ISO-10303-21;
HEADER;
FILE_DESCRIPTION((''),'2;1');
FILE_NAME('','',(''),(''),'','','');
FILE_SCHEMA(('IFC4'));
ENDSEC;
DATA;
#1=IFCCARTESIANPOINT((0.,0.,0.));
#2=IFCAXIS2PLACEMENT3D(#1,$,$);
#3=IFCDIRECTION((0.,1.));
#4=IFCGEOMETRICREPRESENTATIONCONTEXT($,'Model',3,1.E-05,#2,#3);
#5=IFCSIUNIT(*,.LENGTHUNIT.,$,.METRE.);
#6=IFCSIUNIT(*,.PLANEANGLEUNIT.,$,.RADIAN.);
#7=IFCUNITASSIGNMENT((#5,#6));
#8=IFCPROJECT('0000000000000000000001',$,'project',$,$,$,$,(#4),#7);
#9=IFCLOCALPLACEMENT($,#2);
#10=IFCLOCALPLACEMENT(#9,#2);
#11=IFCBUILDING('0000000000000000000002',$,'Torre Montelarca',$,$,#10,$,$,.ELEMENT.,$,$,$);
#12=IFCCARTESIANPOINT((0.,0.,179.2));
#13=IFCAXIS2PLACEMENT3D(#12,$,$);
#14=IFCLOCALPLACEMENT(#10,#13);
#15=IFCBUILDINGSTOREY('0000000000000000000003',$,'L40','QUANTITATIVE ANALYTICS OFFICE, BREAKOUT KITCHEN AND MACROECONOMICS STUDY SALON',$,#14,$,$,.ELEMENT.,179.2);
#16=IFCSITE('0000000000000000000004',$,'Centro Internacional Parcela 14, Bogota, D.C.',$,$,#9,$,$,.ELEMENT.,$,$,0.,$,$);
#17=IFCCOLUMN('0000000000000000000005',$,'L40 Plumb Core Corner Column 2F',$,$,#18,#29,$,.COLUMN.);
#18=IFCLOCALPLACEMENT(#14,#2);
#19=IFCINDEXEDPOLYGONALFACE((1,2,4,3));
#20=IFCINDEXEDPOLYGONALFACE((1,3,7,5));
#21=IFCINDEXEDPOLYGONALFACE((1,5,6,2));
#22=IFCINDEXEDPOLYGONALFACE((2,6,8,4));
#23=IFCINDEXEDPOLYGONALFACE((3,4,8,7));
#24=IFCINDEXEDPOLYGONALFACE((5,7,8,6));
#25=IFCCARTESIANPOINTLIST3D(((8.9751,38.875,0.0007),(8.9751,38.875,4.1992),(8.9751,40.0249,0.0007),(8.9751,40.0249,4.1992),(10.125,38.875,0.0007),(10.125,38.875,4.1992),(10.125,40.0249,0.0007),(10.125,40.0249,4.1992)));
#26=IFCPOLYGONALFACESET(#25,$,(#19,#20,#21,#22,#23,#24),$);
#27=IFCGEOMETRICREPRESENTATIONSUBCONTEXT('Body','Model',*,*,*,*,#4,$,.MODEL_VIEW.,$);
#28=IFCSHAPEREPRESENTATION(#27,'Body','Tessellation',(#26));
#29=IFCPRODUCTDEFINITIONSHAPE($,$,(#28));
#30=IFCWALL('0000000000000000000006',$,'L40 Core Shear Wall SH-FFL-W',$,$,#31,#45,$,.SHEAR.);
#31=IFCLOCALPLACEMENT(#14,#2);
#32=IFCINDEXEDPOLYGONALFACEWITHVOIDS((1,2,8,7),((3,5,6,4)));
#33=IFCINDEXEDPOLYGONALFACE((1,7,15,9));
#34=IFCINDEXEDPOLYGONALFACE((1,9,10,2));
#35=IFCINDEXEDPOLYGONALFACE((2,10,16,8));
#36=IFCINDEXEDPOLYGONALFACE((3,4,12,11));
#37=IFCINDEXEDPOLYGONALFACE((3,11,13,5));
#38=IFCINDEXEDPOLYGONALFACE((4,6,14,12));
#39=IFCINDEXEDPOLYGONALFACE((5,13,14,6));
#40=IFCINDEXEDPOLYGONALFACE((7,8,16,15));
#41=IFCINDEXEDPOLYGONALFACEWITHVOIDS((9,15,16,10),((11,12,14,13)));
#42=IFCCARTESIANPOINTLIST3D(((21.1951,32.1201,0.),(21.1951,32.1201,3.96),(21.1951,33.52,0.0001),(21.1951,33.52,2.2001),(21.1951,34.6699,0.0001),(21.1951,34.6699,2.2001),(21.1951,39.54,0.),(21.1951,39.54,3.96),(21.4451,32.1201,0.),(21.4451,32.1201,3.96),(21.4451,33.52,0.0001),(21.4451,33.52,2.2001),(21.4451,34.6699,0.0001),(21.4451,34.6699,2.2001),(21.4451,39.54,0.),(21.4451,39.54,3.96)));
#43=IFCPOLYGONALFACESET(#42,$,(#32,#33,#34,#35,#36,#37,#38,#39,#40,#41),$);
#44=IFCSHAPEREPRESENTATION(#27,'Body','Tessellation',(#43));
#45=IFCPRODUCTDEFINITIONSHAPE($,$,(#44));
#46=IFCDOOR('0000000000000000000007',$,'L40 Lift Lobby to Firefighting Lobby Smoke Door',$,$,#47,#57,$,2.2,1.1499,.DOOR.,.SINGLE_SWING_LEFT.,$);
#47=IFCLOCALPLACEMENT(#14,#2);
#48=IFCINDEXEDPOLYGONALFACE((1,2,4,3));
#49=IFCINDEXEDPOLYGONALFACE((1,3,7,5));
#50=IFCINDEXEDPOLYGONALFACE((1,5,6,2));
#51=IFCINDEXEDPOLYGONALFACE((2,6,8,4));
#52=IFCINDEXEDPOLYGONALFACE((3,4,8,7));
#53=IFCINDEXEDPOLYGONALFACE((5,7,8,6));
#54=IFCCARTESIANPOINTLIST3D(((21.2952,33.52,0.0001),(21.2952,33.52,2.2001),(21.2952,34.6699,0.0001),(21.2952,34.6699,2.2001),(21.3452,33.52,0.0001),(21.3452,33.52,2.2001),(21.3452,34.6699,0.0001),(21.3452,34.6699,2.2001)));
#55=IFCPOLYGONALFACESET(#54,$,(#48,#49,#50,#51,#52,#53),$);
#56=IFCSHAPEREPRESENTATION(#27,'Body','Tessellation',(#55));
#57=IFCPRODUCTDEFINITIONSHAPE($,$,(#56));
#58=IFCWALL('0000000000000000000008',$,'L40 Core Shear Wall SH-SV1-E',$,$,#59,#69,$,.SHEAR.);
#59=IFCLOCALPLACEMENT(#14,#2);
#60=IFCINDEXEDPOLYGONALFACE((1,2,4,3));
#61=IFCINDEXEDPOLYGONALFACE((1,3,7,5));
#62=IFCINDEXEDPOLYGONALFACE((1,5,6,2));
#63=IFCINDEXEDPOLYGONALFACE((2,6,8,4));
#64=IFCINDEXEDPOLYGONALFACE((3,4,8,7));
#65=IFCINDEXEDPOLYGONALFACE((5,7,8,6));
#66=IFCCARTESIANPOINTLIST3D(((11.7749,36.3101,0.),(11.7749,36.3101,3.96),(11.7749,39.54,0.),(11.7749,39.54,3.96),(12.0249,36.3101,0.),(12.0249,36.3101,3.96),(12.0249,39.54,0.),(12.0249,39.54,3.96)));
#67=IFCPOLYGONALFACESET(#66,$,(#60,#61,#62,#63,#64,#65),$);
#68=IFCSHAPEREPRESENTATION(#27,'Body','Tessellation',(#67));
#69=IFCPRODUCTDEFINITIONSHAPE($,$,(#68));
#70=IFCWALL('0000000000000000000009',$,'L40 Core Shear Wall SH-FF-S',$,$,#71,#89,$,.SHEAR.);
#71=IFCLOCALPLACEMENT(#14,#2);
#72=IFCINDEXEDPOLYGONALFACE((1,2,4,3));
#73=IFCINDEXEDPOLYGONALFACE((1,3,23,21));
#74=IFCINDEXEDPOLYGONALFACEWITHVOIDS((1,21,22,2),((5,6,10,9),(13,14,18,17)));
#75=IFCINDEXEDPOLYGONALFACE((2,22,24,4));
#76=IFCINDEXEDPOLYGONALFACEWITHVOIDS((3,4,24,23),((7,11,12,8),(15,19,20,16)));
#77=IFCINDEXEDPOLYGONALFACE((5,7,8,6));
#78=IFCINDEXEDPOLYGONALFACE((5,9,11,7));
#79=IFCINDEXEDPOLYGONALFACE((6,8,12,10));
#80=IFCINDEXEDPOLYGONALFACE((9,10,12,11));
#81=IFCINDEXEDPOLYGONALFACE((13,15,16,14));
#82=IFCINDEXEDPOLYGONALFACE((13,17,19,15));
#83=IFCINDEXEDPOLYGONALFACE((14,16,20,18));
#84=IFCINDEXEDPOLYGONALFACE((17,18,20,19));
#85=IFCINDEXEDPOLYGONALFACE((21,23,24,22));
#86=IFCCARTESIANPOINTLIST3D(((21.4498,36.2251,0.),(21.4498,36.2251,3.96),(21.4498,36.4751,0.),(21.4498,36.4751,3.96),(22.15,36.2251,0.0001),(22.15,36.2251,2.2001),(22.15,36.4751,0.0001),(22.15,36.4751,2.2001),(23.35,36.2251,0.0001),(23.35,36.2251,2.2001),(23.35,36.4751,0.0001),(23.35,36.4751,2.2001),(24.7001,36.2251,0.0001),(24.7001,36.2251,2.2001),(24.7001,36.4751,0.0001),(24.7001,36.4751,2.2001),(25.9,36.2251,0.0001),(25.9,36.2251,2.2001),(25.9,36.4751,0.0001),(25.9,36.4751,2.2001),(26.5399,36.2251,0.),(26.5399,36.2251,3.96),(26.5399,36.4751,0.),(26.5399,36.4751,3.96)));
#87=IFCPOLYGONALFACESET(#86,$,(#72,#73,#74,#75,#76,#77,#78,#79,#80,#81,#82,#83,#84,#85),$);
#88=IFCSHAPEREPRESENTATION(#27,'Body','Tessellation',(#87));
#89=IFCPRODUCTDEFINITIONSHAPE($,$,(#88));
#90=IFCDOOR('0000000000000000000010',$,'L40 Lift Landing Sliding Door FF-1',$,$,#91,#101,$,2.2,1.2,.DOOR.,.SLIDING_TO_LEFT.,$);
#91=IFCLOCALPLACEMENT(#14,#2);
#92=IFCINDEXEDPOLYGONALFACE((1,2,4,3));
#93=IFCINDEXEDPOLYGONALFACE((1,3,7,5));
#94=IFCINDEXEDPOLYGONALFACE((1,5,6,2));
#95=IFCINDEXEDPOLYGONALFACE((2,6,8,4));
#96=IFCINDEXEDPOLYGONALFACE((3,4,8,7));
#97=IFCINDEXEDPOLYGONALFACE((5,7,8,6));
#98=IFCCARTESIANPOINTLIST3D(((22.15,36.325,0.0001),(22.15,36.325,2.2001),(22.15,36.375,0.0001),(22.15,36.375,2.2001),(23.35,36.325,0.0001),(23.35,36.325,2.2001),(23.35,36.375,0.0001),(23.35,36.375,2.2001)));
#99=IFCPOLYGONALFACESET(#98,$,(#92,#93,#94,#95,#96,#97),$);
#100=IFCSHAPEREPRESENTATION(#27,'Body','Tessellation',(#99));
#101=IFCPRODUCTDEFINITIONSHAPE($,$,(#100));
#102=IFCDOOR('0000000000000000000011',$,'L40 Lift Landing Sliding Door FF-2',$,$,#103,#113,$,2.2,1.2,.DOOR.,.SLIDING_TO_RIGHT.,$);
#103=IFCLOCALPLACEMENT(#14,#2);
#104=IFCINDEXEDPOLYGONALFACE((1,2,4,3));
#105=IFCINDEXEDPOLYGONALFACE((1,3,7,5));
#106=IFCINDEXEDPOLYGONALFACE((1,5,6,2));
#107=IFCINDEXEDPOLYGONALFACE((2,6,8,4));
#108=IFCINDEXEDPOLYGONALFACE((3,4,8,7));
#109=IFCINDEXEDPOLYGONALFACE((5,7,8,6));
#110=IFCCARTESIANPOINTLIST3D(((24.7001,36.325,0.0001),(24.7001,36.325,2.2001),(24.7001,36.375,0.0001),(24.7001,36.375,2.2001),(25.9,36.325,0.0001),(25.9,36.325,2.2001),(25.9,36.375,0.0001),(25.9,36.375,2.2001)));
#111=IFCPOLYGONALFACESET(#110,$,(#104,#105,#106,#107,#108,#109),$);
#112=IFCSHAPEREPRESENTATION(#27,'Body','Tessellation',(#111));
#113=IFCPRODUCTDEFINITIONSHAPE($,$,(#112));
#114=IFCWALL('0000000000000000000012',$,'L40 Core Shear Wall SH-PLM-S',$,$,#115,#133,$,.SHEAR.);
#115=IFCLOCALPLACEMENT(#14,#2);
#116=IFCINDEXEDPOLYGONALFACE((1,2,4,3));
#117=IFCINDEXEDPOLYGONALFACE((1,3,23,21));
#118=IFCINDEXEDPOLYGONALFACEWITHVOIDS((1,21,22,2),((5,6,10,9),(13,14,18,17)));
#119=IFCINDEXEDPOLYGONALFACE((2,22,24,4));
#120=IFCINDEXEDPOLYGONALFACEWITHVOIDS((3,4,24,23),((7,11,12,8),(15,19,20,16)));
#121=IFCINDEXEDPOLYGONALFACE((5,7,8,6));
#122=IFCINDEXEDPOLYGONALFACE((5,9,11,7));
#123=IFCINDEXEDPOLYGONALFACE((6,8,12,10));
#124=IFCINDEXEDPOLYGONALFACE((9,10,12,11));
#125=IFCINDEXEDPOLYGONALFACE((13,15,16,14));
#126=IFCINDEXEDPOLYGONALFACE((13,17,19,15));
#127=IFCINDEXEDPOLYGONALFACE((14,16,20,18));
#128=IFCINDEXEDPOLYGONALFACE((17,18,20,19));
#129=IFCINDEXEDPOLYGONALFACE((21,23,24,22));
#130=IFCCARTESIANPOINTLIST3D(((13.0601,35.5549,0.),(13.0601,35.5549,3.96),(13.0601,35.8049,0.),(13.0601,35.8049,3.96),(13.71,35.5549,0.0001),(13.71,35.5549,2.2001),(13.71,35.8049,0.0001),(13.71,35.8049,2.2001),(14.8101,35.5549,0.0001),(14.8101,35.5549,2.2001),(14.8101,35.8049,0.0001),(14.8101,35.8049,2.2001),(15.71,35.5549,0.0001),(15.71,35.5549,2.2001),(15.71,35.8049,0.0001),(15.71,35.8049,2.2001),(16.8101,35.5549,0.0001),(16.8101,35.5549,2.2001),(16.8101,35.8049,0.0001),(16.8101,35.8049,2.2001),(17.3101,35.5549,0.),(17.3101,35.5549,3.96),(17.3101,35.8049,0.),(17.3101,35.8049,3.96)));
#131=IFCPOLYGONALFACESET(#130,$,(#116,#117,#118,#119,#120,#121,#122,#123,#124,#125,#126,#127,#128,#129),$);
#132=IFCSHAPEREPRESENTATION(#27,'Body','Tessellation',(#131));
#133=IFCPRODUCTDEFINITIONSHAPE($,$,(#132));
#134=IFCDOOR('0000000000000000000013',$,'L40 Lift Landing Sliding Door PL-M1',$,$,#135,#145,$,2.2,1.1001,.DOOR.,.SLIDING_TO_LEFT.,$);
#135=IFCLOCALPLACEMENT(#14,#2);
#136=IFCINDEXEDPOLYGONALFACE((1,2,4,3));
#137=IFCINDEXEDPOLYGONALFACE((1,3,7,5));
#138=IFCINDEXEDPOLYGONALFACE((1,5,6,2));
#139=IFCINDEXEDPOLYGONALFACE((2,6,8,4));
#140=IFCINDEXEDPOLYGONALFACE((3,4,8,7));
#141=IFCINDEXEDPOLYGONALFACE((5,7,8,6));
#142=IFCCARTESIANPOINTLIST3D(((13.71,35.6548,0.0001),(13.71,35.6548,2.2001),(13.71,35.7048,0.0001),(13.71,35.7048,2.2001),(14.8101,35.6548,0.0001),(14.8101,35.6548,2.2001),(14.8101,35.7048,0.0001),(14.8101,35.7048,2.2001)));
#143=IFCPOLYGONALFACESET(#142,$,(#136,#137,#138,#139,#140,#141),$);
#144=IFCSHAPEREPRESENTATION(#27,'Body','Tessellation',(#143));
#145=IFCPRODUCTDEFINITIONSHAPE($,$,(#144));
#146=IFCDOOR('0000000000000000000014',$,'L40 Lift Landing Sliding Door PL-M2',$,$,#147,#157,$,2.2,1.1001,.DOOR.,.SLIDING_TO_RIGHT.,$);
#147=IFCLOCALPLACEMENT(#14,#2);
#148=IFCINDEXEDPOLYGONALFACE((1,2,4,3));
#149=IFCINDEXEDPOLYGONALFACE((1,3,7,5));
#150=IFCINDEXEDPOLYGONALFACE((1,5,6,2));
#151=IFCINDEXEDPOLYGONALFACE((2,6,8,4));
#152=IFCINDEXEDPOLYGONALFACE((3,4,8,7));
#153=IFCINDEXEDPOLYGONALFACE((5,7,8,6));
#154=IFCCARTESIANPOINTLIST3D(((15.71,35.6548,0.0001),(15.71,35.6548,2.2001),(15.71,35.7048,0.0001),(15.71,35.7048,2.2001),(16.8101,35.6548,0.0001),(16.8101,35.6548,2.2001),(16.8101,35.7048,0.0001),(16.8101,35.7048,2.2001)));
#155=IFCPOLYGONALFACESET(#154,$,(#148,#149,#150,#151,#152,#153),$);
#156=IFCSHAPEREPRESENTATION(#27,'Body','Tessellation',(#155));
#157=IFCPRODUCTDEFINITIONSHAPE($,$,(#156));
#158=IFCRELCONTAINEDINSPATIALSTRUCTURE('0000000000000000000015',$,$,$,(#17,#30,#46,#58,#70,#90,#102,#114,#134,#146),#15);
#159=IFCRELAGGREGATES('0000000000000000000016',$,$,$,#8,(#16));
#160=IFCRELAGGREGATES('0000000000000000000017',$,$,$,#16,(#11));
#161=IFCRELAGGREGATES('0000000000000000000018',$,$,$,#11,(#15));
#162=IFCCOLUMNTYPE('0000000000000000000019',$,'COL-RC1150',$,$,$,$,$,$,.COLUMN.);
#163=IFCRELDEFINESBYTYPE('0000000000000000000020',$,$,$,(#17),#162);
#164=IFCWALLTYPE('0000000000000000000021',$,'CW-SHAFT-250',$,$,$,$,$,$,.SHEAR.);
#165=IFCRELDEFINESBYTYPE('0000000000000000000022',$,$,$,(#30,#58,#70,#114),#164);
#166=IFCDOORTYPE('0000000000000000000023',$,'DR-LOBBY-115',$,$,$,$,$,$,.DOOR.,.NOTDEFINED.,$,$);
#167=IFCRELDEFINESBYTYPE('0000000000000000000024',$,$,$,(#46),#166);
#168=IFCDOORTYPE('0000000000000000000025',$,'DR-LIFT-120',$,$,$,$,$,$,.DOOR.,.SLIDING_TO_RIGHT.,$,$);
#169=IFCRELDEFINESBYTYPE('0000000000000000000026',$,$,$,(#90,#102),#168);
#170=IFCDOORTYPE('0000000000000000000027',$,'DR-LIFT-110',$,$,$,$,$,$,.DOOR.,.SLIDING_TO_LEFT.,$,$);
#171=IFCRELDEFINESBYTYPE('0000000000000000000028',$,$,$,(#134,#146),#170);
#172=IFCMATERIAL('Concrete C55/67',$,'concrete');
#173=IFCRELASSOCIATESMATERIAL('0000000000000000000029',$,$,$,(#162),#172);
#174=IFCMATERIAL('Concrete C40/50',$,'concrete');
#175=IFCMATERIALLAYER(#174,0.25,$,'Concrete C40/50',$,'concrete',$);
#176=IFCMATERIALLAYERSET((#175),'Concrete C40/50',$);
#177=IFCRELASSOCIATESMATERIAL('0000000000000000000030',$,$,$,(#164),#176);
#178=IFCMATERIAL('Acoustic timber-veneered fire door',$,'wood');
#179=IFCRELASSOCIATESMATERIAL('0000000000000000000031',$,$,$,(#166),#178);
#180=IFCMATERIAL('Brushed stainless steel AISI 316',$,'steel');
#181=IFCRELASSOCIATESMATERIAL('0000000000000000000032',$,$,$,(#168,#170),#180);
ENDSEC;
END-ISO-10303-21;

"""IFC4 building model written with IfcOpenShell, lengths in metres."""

from ifc_helpers import new_model, si_unit, direction, frame, frame_2d, origin, origin_2d, place, context, subcontext, project, spatial, rectangle, extrude, source, transform, mapped, material, layer, layer_set, material_profile, profile_set, type_object, element, fill, save


model = new_model("IFC4")

# Units and contexts
model_context = context("Model", 3, precision=1e-05, world=origin(), true_north=direction((0.0, 1.0)))
body_context = subcontext(model_context, "Body", "Model", "MODEL_VIEW")
ifc_project = project(units=[si_unit("LENGTHUNIT", "METRE"), si_unit("PLANEANGLEUNIT", "RADIAN")], contexts=[model_context])

# Site, building, storey
site_placement = place(None, origin())
site = spatial("IfcSite", under=ifc_project, at=site_placement, Name="Centro Internacional Parcela 14, Bogota, D.C.", CompositionType="ELEMENT", RefElevation=0.0)
building_placement = place(site_placement, origin())
building = spatial("IfcBuilding", under=site, at=building_placement, Name="Torre Montelarca", CompositionType="ELEMENT")
storey_placement = place(building_placement, frame((0.0, 0.0, 179.2)))
storey = spatial("IfcBuildingStorey", under=building, at=storey_placement, Name="L40", Description="QUANTITATIVE ANALYTICS OFFICE, BREAKOUT KITCHEN AND MACROECONOMICS STUDY SALON", CompositionType="ELEMENT", Elevation=179.2)

# Column
ifc_material_1 = material(Name="Concrete C55/67", Category="concrete")
ifc_material_profile = material_profile(ifc_material_1, rectangle(XDim=1.1499, YDim=1.1499, at=origin_2d()), Name="RC1150X1150", Category="concrete")
ifc_profile_set = profile_set([ifc_material_profile], Name="Concrete C55/67")
column_type = type_object("IfcColumnType", Name="COL-RC1150", PredefinedType="COLUMN", material=ifc_profile_set)
shared_shape_1 = source(origin(), body_context, "Body", "SweptSolid", [
    extrude(rectangle(XDim=1.1499, YDim=1.1499, at=origin_2d()), origin(), (0.0, 0.0, 1.0), 4.1985),
])
column_placement = place(storey_placement, frame((9.55, 39.45, 0.0007), z_axis=(0.0, 0.0, 1.0), x_axis=(1.0, 0.0, 0.0)))
element("IfcColumn", 1, at=column_placement, inside=storey, type_object=column_type, Name="L40 Plumb Core Corner Column 2F", PredefinedType="COLUMN", context=body_context, shape_type="MappedRepresentation", body=[
    mapped(shared_shape_1, transform((0.0, 0.0, 0.0), scale=1.0)),
])

# Wall, opening, door
ifc_material_2 = material(Name="Concrete C40/50", Category="concrete")
ifc_layer_1 = layer(ifc_material_2, 0.25, Name="Concrete C40/50", Category="concrete")
ifc_layer_set_1 = layer_set([ifc_layer_1], Name="Concrete C40/50")
wall_type_1 = type_object("IfcWallType", Name="CW-SHAFT-250", PredefinedType="SHEAR", material=ifc_layer_set_1)
wall_1_placement = place(storey_placement, frame((21.3201, 32.1201, 0.0), z_axis=(0.0, 0.0, 1.0), x_axis=(0.0, 1.0, 0.0)))
wall_1 = element("IfcWall", 2, at=wall_1_placement, inside=storey, type_object=wall_type_1, Name="L40 Core Shear Wall SH-FFL-W", PredefinedType="SHEAR", context=body_context, shape_type="SweptSolid", body=[
    extrude(rectangle(XDim=7.4199, YDim=0.25, at=frame_2d((3.71, 0.0))), origin(), (0.0, 0.0, 1.0), 3.96),
])
opening_1_placement = place(wall_1_placement, frame((1.3999, 0.0, 0.0)))
opening_1 = element("IfcOpeningElement", 3, at=opening_1_placement, cuts=wall_1, PredefinedType="OPENING", context=body_context, shape_type="SweptSolid", body=[
    extrude(rectangle(XDim=1.1499, YDim=2.2, at=frame_2d((0.575, 1.1001))), frame((0.0, 0.135, 0.0), z_axis=(0.0, -1.0, 0.0), x_axis=(1.0, 0.0, 0.0)), (0.0, 0.0, 1.0), 0.27),
])
ifc_material_3 = material(Name="Acoustic timber-veneered fire door", Category="wood")
door_type_1 = type_object("IfcDoorType", Name="DR-LOBBY-115", OperationType="NOTDEFINED", PredefinedType="DOOR", material=ifc_material_3)
shared_shape_2 = source(origin(), body_context, "Body", "SweptSolid", [
    extrude(rectangle(XDim=1.1499, YDim=2.2, at=frame_2d((0.575, 1.1001))), frame((0.0, 0.0249, 0.0), z_axis=(0.0, -1.0, 0.0), x_axis=(1.0, 0.0, 0.0)), (0.0, 0.0, 1.0), 0.05),
])
door_1_placement = place(opening_1_placement, origin())
door_1 = element("IfcDoor", 4, at=door_1_placement, inside=storey, type_object=door_type_1, Name="L40 Lift Lobby to Firefighting Lobby Smoke Door", OperationType="SINGLE_SWING_LEFT", OverallHeight=2.2, OverallWidth=1.1499, PredefinedType="DOOR", context=body_context, shape_type="MappedRepresentation", body=[
    mapped(shared_shape_2, transform((0.0, 0.0, 0.0), scale=1.0)),
])
fill(opening_1, door_1)

# Wall
wall_2_placement = place(storey_placement, frame((11.8999, 36.3101, 0.0), z_axis=(0.0, 0.0, 1.0), x_axis=(0.0, 1.0, 0.0)))
element("IfcWall", 5, at=wall_2_placement, inside=storey, type_object=wall_type_1, Name="L40 Core Shear Wall SH-SV1-E", PredefinedType="SHEAR", context=body_context, shape_type="SweptSolid", body=[
    extrude(rectangle(XDim=3.23, YDim=0.25, at=frame_2d((1.615, 0.0))), origin(), (0.0, 0.0, 1.0), 3.96),
])

# Walls, openings, doors
wall_3_placement = place(storey_placement, frame((21.45, 36.3501, 0.0), z_axis=(0.0, 0.0, 1.0), x_axis=(1.0, 0.0, 0.0)))
wall_3 = element("IfcWall", 6, at=wall_3_placement, inside=storey, type_object=wall_type_1, Name="L40 Core Shear Wall SH-FF-S", PredefinedType="SHEAR", context=body_context, shape_type="SweptSolid", body=[
    extrude(rectangle(XDim=5.0901, YDim=0.25, at=frame_2d((2.5449, 0.0))), origin(), (0.0, 0.0, 1.0), 3.96),
])
opening_2_placement = place(wall_3_placement, frame((0.7, 0.0, 0.0)))
opening_2 = element("IfcOpeningElement", 7, at=opening_2_placement, cuts=wall_3, PredefinedType="OPENING", context=body_context, shape_type="SweptSolid", body=[
    extrude(rectangle(XDim=1.2, YDim=2.2, at=frame_2d((0.6001, 1.1001))), frame((0.0, 0.135, 0.0), z_axis=(0.0, -1.0, 0.0), x_axis=(1.0, 0.0, 0.0)), (0.0, 0.0, 1.0), 0.27),
])
opening_3_placement = place(wall_3_placement, frame((3.25, 0.0, 0.0)))
opening_3 = element("IfcOpeningElement", 8, at=opening_3_placement, cuts=wall_3, PredefinedType="OPENING", context=body_context, shape_type="SweptSolid", body=[
    extrude(rectangle(XDim=1.2, YDim=2.2, at=frame_2d((0.6001, 1.1001))), frame((0.0, 0.135, 0.0), z_axis=(0.0, -1.0, 0.0), x_axis=(1.0, 0.0, 0.0)), (0.0, 0.0, 1.0), 0.27),
])
ifc_material_4 = material(Name="Brushed stainless steel AISI 316", Category="steel")
door_type_2 = type_object("IfcDoorType", Name="DR-LIFT-120", OperationType="SLIDING_TO_RIGHT", PredefinedType="DOOR", material=ifc_material_4)
shared_shape_3 = source(origin(), body_context, "Body", "SweptSolid", [
    extrude(rectangle(XDim=1.2, YDim=2.2, at=frame_2d((0.6001, 1.1001))), frame((0.0, 0.0249, 0.0), z_axis=(0.0, -1.0, 0.0), x_axis=(1.0, 0.0, 0.0)), (0.0, 0.0, 1.0), 0.05),
])
door_2_placement = place(opening_2_placement, origin())
door_2 = element("IfcDoor", 9, at=door_2_placement, inside=storey, type_object=door_type_2, Name="L40 Lift Landing Sliding Door FF-1", OperationType="SLIDING_TO_LEFT", OverallHeight=2.2, OverallWidth=1.2, PredefinedType="DOOR", context=body_context, shape_type="MappedRepresentation", body=[
    mapped(shared_shape_3, transform((0.0, 0.0, 0.0), scale=1.0)),
])
fill(opening_2, door_2)
door_3_placement = place(opening_3_placement, origin())
door_3 = element("IfcDoor", 10, at=door_3_placement, inside=storey, type_object=door_type_2, Name="L40 Lift Landing Sliding Door FF-2", OperationType="SLIDING_TO_RIGHT", OverallHeight=2.2, OverallWidth=1.2, PredefinedType="DOOR", context=body_context, shape_type="MappedRepresentation", body=[
    mapped(shared_shape_3, transform((0.0, 0.0, 0.0), scale=1.0)),
])
fill(opening_3, door_3)
wall_4_placement = place(storey_placement, frame((13.0601, 35.6799, 0.0), z_axis=(0.0, 0.0, 1.0), x_axis=(1.0, 0.0, 0.0)))
wall_4 = element("IfcWall", 11, at=wall_4_placement, inside=storey, type_object=wall_type_1, Name="L40 Core Shear Wall SH-PLM-S", PredefinedType="SHEAR", context=body_context, shape_type="SweptSolid", body=[
    extrude(rectangle(XDim=4.25, YDim=0.25, at=frame_2d((2.125, 0.0))), origin(), (0.0, 0.0, 1.0), 3.96),
])
opening_4_placement = place(wall_4_placement, frame((0.6499, 0.0, 0.0)))
opening_4 = element("IfcOpeningElement", 12, at=opening_4_placement, cuts=wall_4, PredefinedType="OPENING", context=body_context, shape_type="SweptSolid", body=[
    extrude(rectangle(XDim=1.1001, YDim=2.2, at=frame_2d((0.55, 1.1001))), frame((0.0, 0.135, 0.0), z_axis=(0.0, -1.0, 0.0), x_axis=(1.0, 0.0, 0.0)), (0.0, 0.0, 1.0), 0.27),
])
opening_5_placement = place(wall_4_placement, frame((2.6499, 0.0, 0.0)))
opening_5 = element("IfcOpeningElement", 13, at=opening_5_placement, cuts=wall_4, PredefinedType="OPENING", context=body_context, shape_type="SweptSolid", body=[
    extrude(rectangle(XDim=1.1001, YDim=2.2, at=frame_2d((0.55, 1.1001))), frame((0.0, 0.135, 0.0), z_axis=(0.0, -1.0, 0.0), x_axis=(1.0, 0.0, 0.0)), (0.0, 0.0, 1.0), 0.27),
])
door_type_3 = type_object("IfcDoorType", Name="DR-LIFT-110", OperationType="SLIDING_TO_LEFT", PredefinedType="DOOR", material=ifc_material_4)
shared_shape_4 = source(origin(), body_context, "Body", "SweptSolid", [
    extrude(rectangle(XDim=1.1001, YDim=2.2, at=frame_2d((0.55, 1.1001))), frame((0.0, 0.0249, 0.0), z_axis=(0.0, -1.0, 0.0), x_axis=(1.0, 0.0, 0.0)), (0.0, 0.0, 1.0), 0.05),
])
door_4_placement = place(opening_4_placement, origin())
door_4 = element("IfcDoor", 14, at=door_4_placement, inside=storey, type_object=door_type_3, Name="L40 Lift Landing Sliding Door PL-M1", OperationType="SLIDING_TO_LEFT", OverallHeight=2.2, OverallWidth=1.1001, PredefinedType="DOOR", context=body_context, shape_type="MappedRepresentation", body=[
    mapped(shared_shape_4, transform((0.0, 0.0, 0.0), scale=1.0)),
])
fill(opening_4, door_4)
door_5_placement = place(opening_5_placement, origin())
door_5 = element("IfcDoor", 15, at=door_5_placement, inside=storey, type_object=door_type_3, Name="L40 Lift Landing Sliding Door PL-M2", OperationType="SLIDING_TO_RIGHT", OverallHeight=2.2, OverallWidth=1.1001, PredefinedType="DOOR", context=body_context, shape_type="MappedRepresentation", body=[
    mapped(shared_shape_4, transform((0.0, 0.0, 0.0), scale=1.0)),
])
fill(opening_5, door_5)

save(model, "model.ifc")
